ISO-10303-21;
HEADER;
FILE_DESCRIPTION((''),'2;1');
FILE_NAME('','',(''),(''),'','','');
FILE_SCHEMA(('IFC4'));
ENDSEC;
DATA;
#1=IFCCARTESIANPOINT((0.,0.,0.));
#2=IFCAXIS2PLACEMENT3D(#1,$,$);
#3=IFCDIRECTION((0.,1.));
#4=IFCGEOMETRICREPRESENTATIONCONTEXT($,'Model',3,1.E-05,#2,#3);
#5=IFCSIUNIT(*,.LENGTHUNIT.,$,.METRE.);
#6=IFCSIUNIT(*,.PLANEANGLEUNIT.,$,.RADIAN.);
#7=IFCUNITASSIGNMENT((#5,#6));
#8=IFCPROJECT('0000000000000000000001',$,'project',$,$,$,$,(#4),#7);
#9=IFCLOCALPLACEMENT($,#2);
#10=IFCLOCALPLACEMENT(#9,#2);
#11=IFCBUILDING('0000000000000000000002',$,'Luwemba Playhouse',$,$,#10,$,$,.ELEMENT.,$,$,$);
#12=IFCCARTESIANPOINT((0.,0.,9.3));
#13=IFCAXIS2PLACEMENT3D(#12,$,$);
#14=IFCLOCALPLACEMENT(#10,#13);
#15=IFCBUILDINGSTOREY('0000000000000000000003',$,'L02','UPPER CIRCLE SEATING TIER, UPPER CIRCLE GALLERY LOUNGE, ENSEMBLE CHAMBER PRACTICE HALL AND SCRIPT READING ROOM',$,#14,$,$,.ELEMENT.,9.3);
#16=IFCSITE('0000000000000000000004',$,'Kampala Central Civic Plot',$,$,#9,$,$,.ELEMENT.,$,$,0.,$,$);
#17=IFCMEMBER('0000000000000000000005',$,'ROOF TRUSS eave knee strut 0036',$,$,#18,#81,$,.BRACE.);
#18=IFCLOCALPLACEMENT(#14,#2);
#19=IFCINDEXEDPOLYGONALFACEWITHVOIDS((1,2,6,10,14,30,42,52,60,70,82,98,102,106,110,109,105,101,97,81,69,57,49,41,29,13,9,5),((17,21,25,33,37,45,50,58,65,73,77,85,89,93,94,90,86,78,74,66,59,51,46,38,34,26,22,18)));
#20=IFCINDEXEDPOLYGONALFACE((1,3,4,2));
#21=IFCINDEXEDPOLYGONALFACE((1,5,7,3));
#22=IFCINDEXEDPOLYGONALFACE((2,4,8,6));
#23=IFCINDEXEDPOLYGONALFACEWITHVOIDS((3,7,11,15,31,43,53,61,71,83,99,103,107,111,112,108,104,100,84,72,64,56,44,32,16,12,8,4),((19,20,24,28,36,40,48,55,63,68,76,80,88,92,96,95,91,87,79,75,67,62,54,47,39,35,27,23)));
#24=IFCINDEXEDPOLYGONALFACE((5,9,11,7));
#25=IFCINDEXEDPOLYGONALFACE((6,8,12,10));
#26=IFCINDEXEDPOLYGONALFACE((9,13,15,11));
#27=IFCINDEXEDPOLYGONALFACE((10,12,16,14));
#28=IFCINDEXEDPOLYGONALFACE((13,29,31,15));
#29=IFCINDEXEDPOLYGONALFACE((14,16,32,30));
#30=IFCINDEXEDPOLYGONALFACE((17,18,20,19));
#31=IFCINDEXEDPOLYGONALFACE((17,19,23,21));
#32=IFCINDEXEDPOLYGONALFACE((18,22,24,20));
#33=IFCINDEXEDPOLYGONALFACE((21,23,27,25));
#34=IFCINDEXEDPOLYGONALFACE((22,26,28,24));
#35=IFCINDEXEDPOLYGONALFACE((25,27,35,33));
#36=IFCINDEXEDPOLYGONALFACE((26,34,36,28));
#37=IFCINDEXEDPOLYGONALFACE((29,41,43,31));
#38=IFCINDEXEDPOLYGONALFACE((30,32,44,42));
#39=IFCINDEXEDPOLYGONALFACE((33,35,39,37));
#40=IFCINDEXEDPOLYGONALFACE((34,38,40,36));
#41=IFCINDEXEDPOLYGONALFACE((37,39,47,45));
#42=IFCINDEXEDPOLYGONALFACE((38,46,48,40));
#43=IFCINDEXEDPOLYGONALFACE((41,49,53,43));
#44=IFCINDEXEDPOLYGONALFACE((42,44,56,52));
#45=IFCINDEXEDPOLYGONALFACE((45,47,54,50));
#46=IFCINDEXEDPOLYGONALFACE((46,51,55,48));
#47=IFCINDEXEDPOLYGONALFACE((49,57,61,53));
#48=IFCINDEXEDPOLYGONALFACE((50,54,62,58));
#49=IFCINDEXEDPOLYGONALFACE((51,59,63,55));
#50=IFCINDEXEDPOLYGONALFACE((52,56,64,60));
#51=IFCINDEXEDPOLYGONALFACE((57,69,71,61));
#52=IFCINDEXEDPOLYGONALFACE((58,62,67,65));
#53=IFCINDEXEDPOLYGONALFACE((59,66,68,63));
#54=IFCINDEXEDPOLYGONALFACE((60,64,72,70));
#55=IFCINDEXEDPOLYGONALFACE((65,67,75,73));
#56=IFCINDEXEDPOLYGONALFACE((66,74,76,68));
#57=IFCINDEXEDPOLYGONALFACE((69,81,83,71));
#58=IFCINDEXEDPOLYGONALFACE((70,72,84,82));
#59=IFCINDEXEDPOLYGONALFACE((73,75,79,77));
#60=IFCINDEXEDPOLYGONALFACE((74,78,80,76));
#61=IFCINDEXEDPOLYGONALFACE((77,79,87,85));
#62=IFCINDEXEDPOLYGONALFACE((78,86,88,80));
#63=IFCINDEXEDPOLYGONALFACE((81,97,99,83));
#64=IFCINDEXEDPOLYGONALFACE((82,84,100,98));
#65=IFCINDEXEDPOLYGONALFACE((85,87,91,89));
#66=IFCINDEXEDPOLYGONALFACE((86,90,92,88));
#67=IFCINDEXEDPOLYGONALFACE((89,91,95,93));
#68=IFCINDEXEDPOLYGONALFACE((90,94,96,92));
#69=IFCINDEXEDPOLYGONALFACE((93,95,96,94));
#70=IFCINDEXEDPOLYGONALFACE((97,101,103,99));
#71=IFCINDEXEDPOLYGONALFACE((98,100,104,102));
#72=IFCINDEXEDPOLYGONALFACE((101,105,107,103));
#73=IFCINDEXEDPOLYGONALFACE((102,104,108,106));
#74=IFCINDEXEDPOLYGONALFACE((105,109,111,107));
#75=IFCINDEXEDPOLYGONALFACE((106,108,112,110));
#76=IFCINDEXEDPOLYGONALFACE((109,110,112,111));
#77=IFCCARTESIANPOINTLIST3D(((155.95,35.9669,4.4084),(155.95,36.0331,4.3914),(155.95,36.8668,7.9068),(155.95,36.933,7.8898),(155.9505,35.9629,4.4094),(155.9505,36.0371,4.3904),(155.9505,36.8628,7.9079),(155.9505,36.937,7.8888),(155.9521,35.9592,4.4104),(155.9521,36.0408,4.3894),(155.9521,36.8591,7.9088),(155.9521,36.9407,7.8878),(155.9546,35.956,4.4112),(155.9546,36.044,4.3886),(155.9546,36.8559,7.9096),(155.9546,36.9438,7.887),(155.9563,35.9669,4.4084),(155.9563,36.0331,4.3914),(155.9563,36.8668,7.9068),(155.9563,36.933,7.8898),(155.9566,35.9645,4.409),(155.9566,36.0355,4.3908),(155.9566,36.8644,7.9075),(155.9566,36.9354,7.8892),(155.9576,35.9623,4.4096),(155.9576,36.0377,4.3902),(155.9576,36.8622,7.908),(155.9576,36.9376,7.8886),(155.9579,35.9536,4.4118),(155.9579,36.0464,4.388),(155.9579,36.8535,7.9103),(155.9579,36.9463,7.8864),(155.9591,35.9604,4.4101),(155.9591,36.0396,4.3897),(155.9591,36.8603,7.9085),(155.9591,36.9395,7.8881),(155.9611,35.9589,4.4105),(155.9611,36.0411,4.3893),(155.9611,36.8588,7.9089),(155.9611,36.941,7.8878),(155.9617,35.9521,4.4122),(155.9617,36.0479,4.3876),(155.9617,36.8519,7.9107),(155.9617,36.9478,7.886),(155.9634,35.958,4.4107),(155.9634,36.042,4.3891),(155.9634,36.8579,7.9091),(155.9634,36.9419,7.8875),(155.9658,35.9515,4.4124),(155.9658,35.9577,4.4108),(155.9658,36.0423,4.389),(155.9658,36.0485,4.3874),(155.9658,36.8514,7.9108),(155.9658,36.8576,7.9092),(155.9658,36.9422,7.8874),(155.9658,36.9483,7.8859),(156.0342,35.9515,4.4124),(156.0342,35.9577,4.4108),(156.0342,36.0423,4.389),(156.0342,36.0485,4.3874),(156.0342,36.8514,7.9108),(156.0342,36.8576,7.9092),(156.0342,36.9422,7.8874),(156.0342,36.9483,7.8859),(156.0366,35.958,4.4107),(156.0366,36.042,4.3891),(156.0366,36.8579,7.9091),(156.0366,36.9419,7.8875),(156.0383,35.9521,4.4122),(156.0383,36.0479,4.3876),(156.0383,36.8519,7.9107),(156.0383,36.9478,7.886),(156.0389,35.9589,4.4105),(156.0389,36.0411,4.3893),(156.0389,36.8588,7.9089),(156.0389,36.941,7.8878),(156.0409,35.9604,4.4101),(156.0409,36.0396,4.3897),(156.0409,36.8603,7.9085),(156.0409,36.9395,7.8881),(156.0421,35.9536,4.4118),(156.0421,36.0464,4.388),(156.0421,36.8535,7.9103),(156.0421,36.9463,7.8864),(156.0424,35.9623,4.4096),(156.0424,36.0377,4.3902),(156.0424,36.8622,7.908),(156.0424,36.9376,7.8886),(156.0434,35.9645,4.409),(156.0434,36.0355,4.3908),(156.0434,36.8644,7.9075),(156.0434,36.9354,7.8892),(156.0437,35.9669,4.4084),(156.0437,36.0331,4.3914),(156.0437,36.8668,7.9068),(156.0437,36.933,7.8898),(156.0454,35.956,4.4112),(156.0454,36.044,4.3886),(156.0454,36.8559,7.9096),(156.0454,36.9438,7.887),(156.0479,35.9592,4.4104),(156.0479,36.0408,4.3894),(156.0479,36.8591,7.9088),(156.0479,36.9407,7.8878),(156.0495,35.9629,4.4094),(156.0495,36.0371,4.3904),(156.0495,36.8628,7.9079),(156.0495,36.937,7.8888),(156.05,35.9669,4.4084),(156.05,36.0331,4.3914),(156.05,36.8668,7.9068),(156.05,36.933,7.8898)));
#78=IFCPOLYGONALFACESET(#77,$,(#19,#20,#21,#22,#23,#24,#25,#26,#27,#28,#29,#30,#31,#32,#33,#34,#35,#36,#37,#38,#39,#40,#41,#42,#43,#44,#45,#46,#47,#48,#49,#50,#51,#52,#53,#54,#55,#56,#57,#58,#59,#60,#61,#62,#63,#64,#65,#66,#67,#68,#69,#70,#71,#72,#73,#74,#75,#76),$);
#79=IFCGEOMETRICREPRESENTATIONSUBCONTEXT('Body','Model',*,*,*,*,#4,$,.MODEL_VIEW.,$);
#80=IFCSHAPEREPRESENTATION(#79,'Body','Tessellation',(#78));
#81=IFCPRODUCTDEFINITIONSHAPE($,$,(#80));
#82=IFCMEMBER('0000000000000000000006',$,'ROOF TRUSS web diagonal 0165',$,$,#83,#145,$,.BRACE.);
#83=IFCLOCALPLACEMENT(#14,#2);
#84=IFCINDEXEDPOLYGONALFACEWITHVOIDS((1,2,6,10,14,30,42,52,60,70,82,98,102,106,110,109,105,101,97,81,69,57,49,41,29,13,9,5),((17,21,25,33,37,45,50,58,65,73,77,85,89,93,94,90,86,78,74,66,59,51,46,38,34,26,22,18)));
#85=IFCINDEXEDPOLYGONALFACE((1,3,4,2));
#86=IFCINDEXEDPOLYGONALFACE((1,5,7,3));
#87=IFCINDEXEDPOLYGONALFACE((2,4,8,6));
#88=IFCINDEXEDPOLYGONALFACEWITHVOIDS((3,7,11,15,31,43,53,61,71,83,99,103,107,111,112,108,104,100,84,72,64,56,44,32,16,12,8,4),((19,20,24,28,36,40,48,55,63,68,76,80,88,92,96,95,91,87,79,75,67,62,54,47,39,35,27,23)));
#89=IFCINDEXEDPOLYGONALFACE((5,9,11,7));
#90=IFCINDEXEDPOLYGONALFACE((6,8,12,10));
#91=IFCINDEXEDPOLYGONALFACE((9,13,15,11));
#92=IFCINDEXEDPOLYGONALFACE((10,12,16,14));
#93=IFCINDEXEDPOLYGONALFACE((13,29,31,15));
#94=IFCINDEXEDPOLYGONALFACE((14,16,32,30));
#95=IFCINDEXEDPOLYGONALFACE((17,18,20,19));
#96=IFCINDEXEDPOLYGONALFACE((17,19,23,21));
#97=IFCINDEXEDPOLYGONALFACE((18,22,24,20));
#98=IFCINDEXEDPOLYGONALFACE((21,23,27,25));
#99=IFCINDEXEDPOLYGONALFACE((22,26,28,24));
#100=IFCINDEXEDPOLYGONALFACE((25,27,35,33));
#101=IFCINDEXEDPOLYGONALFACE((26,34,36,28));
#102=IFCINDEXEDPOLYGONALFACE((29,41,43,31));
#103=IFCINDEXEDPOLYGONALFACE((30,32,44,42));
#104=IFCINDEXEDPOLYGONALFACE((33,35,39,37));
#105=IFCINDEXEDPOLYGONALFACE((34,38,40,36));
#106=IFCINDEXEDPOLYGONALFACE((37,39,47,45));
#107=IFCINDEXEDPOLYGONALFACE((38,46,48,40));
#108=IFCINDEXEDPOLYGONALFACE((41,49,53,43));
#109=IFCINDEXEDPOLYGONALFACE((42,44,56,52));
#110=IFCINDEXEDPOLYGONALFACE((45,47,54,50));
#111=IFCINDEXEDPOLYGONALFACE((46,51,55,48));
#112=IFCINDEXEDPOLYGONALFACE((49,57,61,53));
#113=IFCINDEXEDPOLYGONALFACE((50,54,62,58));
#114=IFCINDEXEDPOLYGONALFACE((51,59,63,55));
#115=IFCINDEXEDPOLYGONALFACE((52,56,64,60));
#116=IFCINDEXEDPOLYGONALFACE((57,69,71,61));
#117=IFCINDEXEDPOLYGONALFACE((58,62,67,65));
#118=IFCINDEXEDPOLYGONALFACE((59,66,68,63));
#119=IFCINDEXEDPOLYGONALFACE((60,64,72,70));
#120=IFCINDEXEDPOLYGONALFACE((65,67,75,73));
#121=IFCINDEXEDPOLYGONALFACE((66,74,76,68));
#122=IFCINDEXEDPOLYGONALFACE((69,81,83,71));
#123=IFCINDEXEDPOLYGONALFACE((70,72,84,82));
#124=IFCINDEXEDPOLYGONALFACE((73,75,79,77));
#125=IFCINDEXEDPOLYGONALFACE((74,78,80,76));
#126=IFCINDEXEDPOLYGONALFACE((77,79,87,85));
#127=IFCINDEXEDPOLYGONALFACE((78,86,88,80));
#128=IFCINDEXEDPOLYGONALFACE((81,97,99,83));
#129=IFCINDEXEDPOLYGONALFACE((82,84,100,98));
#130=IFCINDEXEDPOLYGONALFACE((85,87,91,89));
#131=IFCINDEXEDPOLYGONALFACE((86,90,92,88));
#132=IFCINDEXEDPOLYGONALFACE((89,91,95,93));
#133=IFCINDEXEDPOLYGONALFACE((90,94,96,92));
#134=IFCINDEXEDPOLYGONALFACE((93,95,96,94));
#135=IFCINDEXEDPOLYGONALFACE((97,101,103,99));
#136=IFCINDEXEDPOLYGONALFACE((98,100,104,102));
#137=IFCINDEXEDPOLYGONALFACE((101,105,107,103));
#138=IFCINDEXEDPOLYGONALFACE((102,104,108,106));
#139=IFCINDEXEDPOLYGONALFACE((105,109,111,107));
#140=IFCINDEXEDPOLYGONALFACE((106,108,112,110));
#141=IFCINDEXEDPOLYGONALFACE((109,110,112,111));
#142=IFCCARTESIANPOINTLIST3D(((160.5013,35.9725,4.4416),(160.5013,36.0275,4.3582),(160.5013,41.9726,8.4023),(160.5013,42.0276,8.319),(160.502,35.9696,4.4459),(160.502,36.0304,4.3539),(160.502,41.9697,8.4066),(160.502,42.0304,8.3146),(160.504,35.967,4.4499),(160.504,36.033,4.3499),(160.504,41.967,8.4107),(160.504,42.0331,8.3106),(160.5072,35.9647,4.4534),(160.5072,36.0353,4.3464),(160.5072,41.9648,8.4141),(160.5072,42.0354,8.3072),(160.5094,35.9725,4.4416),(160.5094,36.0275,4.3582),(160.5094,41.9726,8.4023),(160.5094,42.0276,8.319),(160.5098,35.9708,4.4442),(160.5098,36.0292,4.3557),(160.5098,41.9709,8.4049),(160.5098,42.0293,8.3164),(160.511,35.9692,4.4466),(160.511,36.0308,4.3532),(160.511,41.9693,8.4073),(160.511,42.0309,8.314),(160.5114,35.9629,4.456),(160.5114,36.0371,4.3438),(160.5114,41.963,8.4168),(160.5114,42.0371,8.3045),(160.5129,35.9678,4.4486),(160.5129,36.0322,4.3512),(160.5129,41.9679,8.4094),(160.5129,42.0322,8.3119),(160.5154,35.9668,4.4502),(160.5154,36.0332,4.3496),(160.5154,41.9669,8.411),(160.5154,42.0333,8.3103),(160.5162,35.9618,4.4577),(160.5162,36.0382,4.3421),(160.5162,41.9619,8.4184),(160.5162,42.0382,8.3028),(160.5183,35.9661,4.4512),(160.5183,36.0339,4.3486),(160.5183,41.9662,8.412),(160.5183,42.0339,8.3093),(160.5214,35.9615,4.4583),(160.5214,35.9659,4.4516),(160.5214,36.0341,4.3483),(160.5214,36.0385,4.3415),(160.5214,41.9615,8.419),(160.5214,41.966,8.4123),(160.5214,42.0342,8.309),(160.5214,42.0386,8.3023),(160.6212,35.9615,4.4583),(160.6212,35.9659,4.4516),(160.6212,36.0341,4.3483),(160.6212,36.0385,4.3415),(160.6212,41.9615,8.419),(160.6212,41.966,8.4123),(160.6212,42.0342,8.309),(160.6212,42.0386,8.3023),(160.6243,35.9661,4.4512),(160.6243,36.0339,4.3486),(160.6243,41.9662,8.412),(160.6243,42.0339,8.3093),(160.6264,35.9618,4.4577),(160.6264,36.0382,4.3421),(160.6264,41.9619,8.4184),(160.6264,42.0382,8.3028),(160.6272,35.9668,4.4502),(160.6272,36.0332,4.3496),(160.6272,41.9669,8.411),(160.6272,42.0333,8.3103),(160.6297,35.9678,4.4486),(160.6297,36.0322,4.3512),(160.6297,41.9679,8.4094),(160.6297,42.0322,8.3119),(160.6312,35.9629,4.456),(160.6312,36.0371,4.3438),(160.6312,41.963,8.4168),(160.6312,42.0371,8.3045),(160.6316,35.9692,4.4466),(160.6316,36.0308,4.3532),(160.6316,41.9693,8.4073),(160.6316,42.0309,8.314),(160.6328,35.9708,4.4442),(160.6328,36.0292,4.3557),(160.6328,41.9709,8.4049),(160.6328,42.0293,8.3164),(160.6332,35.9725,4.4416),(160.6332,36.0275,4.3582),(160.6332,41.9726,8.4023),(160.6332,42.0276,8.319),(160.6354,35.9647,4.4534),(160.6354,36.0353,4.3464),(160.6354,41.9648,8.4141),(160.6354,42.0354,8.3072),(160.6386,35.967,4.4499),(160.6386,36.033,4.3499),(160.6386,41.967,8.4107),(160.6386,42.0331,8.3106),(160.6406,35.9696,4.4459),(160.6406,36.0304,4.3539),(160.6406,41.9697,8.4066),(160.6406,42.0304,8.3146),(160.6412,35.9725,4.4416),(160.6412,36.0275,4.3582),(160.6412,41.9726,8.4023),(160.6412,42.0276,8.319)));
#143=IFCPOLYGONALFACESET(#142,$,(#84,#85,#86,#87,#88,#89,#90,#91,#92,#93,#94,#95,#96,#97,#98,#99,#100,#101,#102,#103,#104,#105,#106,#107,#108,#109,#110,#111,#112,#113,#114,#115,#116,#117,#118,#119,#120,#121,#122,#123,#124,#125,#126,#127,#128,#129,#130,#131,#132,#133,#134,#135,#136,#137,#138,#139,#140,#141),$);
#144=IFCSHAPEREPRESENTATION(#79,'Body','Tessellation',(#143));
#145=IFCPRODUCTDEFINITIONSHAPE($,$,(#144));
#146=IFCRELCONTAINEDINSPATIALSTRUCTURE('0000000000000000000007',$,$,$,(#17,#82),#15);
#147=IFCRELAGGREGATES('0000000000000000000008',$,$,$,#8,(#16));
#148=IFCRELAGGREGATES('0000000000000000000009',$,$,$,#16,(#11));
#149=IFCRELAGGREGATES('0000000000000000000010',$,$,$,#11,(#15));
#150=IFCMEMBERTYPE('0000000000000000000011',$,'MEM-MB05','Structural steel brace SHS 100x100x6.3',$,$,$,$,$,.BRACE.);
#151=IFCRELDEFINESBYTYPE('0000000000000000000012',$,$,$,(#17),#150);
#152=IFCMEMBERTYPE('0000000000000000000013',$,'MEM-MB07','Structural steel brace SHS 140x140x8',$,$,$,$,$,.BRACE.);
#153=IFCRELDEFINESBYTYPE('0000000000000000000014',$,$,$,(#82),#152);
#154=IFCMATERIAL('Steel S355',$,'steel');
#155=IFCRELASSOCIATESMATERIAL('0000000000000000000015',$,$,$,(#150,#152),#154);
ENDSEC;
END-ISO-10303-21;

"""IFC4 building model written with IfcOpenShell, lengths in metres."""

from ifc_helpers import new_model, si_unit, direction, frame, origin, origin_2d, place, context, subcontext, project, spatial, hollow_rectangle, extrude, material, material_profile, profile_set, type_object, element, save


model = new_model("IFC4")

# Units and contexts
model_context = context("Model", 3, precision=1e-05, world=origin(), true_north=direction((0.0, 1.0)))
body_context = subcontext(model_context, "Body", "Model", "MODEL_VIEW")
ifc_project = project(units=[si_unit("LENGTHUNIT", "METRE"), si_unit("PLANEANGLEUNIT", "RADIAN")], contexts=[model_context])

# Site, building, storey
site_placement = place(None, origin())
site = spatial("IfcSite", under=ifc_project, at=site_placement, Name="Kampala Central Civic Plot", CompositionType="ELEMENT", RefElevation=0.0)
building_placement = place(site_placement, origin())
building = spatial("IfcBuilding", under=site, at=building_placement, Name="Luwemba Playhouse", CompositionType="ELEMENT")
storey_placement = place(building_placement, frame((0.0, 0.0, 9.3)))
storey = spatial("IfcBuildingStorey", under=building, at=storey_placement, Name="L02", Description="UPPER CIRCLE SEATING TIER, UPPER CIRCLE GALLERY LOUNGE, ENSEMBLE CHAMBER PRACTICE HALL AND SCRIPT READING ROOM", CompositionType="ELEMENT", Elevation=9.3)

# Shared definitions
ifc_material_1 = material(Name="Steel S355", Category="steel")

# Members
ifc_material_profile_1 = material_profile(ifc_material_1, hollow_rectangle(XDim=0.1001, YDim=0.1001, WallThickness=0.0063, InnerFilletRadius=0.0095, OuterFilletRadius=0.0159, at=origin_2d()))
ifc_profile_set_1 = profile_set([ifc_material_profile_1], Name="Steel S355")
member_type_1 = type_object("IfcMemberType", Name="MEM-MB05", Description="Structural steel brace SHS 100x100x6.3", PredefinedType="BRACE", material=ifc_profile_set_1)
member_1_placement = place(storey_placement, frame((156.0, 36.0, 4.3999), z_axis=(0.0, 0.249113, 0.968474), x_axis=(-1.0, 0.0, 0.0)))
element("IfcMember", 1, at=member_1_placement, inside=storey, type_object=member_type_1, Name="ROOF TRUSS eave knee strut 0036", PredefinedType="BRACE", context=body_context, shape_type="SweptSolid", body=[
    extrude(hollow_rectangle(XDim=0.1001, YDim=0.1001, WallThickness=0.0063, InnerFilletRadius=0.0095, OuterFilletRadius=0.0159, at=origin_2d()), origin(), (0.0, 0.0, 1.0), 3.6123),
])
ifc_material_profile_2 = material_profile(ifc_material_1, hollow_rectangle(XDim=0.1399, YDim=0.1399, WallThickness=0.0081, InnerFilletRadius=0.012, OuterFilletRadius=0.02, at=origin_2d()))
ifc_profile_set_2 = profile_set([ifc_material_profile_2], Name="Steel S355")
member_type_2 = type_object("IfcMemberType", Name="MEM-MB07", Description="Structural steel brace SHS 140x140x8", PredefinedType="BRACE", material=ifc_profile_set_2)
member_2_placement = place(storey_placement, frame((160.5713, 36.0, 4.3999), z_axis=(0.0, 0.834565, 0.550909), x_axis=(-1.0, 0.0, 0.0)))
element("IfcMember", 2, at=member_2_placement, inside=storey, type_object=member_type_2, Name="ROOF TRUSS web diagonal 0165", PredefinedType="BRACE", context=body_context, shape_type="SweptSolid", body=[
    extrude(hollow_rectangle(XDim=0.1399, YDim=0.1399, WallThickness=0.0081, InnerFilletRadius=0.012, OuterFilletRadius=0.02, at=origin_2d()), origin(), (0.0, 0.0, 1.0), 7.1895),
])

save(model, "model.ifc")
